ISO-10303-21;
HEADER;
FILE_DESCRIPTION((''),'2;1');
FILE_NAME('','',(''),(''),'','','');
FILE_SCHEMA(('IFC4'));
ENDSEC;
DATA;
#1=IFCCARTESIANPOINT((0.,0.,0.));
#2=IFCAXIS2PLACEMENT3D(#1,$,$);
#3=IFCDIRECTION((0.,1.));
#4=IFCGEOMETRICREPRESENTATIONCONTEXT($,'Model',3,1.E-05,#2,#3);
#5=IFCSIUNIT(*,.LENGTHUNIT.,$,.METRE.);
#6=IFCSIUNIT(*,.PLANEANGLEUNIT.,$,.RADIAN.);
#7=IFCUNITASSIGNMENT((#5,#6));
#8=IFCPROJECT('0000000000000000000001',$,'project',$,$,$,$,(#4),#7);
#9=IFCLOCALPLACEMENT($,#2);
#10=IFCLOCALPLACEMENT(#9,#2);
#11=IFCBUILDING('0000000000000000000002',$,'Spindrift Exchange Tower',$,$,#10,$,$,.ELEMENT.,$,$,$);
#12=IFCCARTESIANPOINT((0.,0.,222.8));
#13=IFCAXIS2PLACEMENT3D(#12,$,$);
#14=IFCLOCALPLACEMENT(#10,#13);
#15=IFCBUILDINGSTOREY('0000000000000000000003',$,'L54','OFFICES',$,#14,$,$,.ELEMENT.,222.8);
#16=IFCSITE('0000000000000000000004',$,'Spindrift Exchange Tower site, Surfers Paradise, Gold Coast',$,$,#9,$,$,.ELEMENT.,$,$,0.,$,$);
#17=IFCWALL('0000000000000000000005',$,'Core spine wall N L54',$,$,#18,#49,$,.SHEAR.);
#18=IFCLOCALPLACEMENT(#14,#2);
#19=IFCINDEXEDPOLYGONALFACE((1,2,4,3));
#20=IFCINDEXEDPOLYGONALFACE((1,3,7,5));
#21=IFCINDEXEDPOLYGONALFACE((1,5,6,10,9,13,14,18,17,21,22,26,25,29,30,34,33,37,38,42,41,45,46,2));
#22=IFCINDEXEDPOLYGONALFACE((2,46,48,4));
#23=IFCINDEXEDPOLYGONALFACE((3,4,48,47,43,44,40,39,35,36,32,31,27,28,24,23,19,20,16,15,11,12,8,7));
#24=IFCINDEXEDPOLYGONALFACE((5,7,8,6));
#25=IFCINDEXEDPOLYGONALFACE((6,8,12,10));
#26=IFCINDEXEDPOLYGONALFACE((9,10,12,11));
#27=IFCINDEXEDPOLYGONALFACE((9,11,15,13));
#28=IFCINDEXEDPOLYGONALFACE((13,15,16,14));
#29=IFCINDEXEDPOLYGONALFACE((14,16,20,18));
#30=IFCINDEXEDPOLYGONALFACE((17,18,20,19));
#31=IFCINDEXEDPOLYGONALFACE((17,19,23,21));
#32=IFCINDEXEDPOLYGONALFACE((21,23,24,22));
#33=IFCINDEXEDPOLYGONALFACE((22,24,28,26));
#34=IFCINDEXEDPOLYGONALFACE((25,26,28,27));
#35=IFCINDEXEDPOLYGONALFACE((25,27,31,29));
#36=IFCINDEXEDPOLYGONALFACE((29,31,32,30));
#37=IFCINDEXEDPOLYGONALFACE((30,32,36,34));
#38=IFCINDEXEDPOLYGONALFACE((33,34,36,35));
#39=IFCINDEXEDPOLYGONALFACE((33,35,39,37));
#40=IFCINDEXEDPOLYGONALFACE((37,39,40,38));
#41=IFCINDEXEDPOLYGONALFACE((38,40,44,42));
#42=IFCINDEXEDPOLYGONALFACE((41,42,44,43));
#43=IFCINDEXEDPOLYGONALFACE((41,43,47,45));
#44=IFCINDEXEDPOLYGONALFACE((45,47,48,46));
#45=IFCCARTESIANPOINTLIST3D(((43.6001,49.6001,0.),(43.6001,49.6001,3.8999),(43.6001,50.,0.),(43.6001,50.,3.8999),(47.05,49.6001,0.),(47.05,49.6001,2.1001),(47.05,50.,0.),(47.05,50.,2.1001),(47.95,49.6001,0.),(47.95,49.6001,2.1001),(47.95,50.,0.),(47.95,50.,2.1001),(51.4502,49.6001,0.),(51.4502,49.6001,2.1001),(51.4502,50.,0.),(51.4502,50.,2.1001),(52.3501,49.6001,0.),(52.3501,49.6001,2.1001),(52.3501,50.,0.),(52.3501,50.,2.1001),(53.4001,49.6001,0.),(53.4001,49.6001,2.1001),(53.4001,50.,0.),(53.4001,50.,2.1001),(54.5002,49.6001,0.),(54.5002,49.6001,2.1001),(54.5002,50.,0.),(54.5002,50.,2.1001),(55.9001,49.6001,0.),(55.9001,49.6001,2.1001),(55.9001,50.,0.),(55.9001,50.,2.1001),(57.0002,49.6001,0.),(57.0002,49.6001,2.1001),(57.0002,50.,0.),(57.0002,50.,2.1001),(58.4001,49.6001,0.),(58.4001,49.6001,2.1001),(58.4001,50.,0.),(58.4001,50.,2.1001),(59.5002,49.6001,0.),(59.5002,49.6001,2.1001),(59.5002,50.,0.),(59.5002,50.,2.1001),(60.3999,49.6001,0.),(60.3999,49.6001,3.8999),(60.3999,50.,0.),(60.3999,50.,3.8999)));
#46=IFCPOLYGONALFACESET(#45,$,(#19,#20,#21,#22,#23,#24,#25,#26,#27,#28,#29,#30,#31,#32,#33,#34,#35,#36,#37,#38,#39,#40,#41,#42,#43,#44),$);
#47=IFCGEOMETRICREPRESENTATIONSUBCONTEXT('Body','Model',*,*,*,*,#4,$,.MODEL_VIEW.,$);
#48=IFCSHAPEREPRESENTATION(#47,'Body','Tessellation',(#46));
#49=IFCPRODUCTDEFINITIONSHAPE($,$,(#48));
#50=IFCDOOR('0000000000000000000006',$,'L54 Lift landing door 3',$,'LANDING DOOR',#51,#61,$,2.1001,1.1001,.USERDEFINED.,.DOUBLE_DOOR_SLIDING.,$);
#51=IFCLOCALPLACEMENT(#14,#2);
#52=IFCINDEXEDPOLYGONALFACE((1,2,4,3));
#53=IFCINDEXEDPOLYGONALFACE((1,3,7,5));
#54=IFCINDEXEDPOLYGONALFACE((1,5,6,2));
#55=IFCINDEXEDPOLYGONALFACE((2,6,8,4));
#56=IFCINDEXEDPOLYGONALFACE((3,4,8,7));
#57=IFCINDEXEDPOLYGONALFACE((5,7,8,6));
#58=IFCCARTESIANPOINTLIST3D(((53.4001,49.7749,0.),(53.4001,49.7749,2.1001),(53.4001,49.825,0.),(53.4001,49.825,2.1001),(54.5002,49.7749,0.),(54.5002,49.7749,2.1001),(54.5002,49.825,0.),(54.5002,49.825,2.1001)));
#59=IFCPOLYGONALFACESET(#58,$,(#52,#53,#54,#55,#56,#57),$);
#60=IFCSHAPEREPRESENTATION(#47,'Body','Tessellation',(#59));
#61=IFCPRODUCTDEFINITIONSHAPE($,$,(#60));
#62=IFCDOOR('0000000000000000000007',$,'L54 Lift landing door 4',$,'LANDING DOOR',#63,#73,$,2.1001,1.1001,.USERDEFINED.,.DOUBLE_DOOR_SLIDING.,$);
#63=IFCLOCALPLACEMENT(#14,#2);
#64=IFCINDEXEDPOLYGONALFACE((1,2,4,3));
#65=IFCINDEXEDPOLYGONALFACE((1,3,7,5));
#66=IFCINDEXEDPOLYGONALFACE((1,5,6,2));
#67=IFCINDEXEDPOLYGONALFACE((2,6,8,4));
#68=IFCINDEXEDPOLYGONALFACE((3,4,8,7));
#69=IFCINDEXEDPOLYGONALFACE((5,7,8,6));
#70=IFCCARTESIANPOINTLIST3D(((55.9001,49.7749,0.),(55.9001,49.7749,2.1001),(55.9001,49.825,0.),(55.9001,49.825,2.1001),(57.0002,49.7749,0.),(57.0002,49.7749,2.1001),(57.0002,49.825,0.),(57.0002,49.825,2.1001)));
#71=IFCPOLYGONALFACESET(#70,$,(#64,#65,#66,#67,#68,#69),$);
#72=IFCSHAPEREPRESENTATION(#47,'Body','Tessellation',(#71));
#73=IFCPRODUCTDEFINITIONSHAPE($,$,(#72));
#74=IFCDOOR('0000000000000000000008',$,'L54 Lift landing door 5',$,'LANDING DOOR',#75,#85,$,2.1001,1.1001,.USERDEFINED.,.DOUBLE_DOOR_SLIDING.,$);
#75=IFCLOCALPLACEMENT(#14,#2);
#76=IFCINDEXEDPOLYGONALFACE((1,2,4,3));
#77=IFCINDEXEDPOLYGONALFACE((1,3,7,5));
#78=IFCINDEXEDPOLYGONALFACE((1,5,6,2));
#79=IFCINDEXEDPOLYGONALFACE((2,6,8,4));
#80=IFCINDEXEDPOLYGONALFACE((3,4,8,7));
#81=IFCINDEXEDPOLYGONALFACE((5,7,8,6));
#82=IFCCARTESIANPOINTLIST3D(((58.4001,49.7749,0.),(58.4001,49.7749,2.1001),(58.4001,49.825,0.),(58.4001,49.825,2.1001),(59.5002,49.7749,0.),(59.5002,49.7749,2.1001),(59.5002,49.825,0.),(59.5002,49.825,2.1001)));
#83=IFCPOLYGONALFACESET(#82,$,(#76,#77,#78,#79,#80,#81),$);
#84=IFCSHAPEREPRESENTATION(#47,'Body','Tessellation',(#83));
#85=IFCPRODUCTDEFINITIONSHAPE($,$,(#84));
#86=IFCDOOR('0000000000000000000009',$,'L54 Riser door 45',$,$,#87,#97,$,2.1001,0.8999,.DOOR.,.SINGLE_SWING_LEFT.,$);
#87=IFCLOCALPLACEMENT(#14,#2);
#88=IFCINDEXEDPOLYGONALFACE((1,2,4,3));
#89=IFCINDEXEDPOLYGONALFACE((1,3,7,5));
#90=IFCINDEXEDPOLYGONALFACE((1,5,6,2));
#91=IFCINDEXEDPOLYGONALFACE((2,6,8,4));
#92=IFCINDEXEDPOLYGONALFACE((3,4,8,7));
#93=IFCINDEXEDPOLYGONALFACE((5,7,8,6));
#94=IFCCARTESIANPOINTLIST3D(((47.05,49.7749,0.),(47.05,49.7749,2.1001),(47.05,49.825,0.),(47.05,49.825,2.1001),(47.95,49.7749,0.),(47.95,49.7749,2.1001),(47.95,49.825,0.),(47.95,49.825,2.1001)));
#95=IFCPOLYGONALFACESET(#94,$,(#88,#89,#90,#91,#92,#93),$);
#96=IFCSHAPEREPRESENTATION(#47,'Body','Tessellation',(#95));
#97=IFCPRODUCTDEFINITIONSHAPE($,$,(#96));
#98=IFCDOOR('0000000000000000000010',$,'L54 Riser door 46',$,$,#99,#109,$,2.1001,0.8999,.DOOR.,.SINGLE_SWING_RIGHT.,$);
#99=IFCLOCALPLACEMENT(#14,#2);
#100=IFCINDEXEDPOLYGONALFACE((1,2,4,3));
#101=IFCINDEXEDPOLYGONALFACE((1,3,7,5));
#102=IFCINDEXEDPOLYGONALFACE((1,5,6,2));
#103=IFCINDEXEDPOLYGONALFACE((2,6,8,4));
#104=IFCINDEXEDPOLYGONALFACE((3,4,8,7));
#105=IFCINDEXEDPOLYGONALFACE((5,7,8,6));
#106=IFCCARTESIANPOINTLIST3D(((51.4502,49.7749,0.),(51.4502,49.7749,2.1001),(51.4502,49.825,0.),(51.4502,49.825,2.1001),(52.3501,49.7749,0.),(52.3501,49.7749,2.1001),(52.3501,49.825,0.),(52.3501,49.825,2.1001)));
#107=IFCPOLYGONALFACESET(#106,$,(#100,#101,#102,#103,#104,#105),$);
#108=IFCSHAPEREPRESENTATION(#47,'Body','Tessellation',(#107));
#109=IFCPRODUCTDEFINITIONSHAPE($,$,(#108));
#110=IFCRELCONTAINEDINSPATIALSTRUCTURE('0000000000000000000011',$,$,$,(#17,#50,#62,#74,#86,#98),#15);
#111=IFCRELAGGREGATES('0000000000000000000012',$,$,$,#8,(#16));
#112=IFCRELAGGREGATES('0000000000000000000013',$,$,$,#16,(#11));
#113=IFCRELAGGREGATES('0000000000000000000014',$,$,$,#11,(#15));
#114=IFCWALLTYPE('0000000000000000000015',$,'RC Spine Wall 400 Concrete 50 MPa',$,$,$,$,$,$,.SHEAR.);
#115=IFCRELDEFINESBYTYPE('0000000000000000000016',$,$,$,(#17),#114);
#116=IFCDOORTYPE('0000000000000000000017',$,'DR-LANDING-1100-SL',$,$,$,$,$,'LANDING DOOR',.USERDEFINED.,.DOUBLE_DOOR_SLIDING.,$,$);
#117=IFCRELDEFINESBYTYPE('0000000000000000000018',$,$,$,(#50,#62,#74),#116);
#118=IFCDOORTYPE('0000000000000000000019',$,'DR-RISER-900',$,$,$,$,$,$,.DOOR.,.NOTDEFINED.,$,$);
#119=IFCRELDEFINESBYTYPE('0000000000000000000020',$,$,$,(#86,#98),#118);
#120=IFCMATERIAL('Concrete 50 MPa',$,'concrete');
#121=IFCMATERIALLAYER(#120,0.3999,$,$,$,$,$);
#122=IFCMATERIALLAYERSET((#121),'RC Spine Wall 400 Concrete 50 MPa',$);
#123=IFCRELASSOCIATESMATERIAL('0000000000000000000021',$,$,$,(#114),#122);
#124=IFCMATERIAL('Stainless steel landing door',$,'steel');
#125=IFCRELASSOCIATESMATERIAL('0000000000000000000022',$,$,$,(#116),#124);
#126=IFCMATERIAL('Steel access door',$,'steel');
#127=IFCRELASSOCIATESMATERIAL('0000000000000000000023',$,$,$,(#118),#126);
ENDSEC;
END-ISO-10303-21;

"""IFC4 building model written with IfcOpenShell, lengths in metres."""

from ifc_helpers import new_model, si_unit, direction, frame, frame_2d, origin, place, context, subcontext, project, spatial, rectangle, extrude, source, transform, mapped, material, layer, layer_set, type_object, element, fill, save


model = new_model("IFC4")

# Units and contexts
model_context = context("Model", 3, precision=1e-05, world=origin(), true_north=direction((0.0, 1.0)))
body_context = subcontext(model_context, "Body", "Model", "MODEL_VIEW")
ifc_project = project(units=[si_unit("LENGTHUNIT", "METRE"), si_unit("PLANEANGLEUNIT", "RADIAN")], contexts=[model_context])

# Site, building, storey
site_placement = place(None, origin())
site = spatial("IfcSite", under=ifc_project, at=site_placement, Name="Spindrift Exchange Tower site, Surfers Paradise, Gold Coast", CompositionType="ELEMENT", RefElevation=0.0)
building_placement = place(site_placement, origin())
building = spatial("IfcBuilding", under=site, at=building_placement, Name="Spindrift Exchange Tower", CompositionType="ELEMENT")
storey_placement = place(building_placement, frame((0.0, 0.0, 222.8)))
storey = spatial("IfcBuildingStorey", under=building, at=storey_placement, Name="L54", Description="OFFICES", CompositionType="ELEMENT", Elevation=222.8)

# Wall, openings, doors
ifc_material_1 = material(Name="Concrete 50 MPa", Category="concrete")
ifc_layer_1 = layer(ifc_material_1, 0.3999)
ifc_layer_set_1 = layer_set([ifc_layer_1], Name="RC Spine Wall 400 Concrete 50 MPa")
wall_type_1 = type_object("IfcWallType", Name="RC Spine Wall 400 Concrete 50 MPa", PredefinedType="SHEAR", material=ifc_layer_set_1)
wall_1_placement = place(storey_placement, frame((43.6001, 49.8, 0.0), z_axis=(0.0, 0.0, 1.0), x_axis=(1.0, 0.0, 0.0)))
wall_1 = element("IfcWall", 1, at=wall_1_placement, inside=storey, type_object=wall_type_1, Name="Core spine wall N L54", PredefinedType="SHEAR", context=body_context, shape_type="SweptSolid", body=[
    extrude(rectangle(XDim=16.7998, YDim=0.3999, at=frame_2d((8.3999, 0.0))), origin(), (0.0, 0.0, 1.0), 3.8999),
])
opening_1_placement = place(wall_1_placement, frame((9.8, 0.0, 0.0)))
opening_1 = element("IfcOpeningElement", 2, at=opening_1_placement, cuts=wall_1, PredefinedType="OPENING", context=body_context, shape_type="SweptSolid", body=[
    extrude(rectangle(XDim=1.1001, YDim=2.1001, at=frame_2d((0.55, 1.05))), frame((0.0, 0.21, 0.0), z_axis=(0.0, -1.0, 0.0), x_axis=(1.0, 0.0, 0.0)), (0.0, 0.0, 1.0), 0.4199),
])
opening_2_placement = place(wall_1_placement, frame((12.3, 0.0, 0.0)))
opening_2 = element("IfcOpeningElement", 3, at=opening_2_placement, cuts=wall_1, PredefinedType="OPENING", context=body_context, shape_type="SweptSolid", body=[
    extrude(rectangle(XDim=1.1001, YDim=2.1001, at=frame_2d((0.55, 1.05))), frame((0.0, 0.21, 0.0), z_axis=(0.0, -1.0, 0.0), x_axis=(1.0, 0.0, 0.0)), (0.0, 0.0, 1.0), 0.4199),
])
opening_3_placement = place(wall_1_placement, frame((14.8, 0.0, 0.0)))
opening_3 = element("IfcOpeningElement", 4, at=opening_3_placement, cuts=wall_1, PredefinedType="OPENING", context=body_context, shape_type="SweptSolid", body=[
    extrude(rectangle(XDim=1.1001, YDim=2.1001, at=frame_2d((0.55, 1.05))), frame((0.0, 0.21, 0.0), z_axis=(0.0, -1.0, 0.0), x_axis=(1.0, 0.0, 0.0)), (0.0, 0.0, 1.0), 0.4199),
])
opening_4_placement = place(wall_1_placement, frame((3.45, 0.0, 0.0)))
opening_4 = element("IfcOpeningElement", 5, at=opening_4_placement, cuts=wall_1, PredefinedType="OPENING", context=body_context, shape_type="SweptSolid", body=[
    extrude(rectangle(XDim=0.8999, YDim=2.1001, at=frame_2d((0.45, 1.05))), frame((0.0, 0.21, 0.0), z_axis=(0.0, -1.0, 0.0), x_axis=(1.0, 0.0, 0.0)), (0.0, 0.0, 1.0), 0.4199),
])
opening_5_placement = place(wall_1_placement, frame((7.8501, 0.0, 0.0)))
opening_5 = element("IfcOpeningElement", 6, at=opening_5_placement, cuts=wall_1, PredefinedType="OPENING", context=body_context, shape_type="SweptSolid", body=[
    extrude(rectangle(XDim=0.8999, YDim=2.1001, at=frame_2d((0.45, 1.05))), frame((0.0, 0.21, 0.0), z_axis=(0.0, -1.0, 0.0), x_axis=(1.0, 0.0, 0.0)), (0.0, 0.0, 1.0), 0.4199),
])
ifc_material_2 = material(Name="Stainless steel landing door", Category="steel")
door_type_1 = type_object("IfcDoorType", Name="DR-LANDING-1100-SL", ElementType="LANDING DOOR", OperationType="DOUBLE_DOOR_SLIDING", PredefinedType="USERDEFINED", material=ifc_material_2)
shared_shape_1 = source(origin(), body_context, "Body", "SweptSolid", [
    extrude(rectangle(XDim=1.1001, YDim=2.1001, at=frame_2d((0.55, 1.05))), frame((0.0, 0.0249, 0.0), z_axis=(0.0, -1.0, 0.0), x_axis=(1.0, 0.0, 0.0)), (0.0, 0.0, 1.0), 0.05),
])
door_1_placement = place(opening_1_placement, origin())
door_1 = element("IfcDoor", 7, at=door_1_placement, inside=storey, type_object=door_type_1, Name="L54 Lift landing door 3", ObjectType="LANDING DOOR", OperationType="DOUBLE_DOOR_SLIDING", OverallHeight=2.1001, OverallWidth=1.1001, PredefinedType="USERDEFINED", context=body_context, shape_type="MappedRepresentation", body=[
    mapped(shared_shape_1, transform((0.0, 0.0, 0.0), scale=1.0)),
])
fill(opening_1, door_1)
door_2_placement = place(opening_2_placement, origin())
door_2 = element("IfcDoor", 8, at=door_2_placement, inside=storey, type_object=door_type_1, Name="L54 Lift landing door 4", ObjectType="LANDING DOOR", OperationType="DOUBLE_DOOR_SLIDING", OverallHeight=2.1001, OverallWidth=1.1001, PredefinedType="USERDEFINED", context=body_context, shape_type="MappedRepresentation", body=[
    mapped(shared_shape_1, transform((0.0, 0.0, 0.0), scale=1.0)),
])
fill(opening_2, door_2)
door_3_placement = place(opening_3_placement, origin())
door_3 = element("IfcDoor", 9, at=door_3_placement, inside=storey, type_object=door_type_1, Name="L54 Lift landing door 5", ObjectType="LANDING DOOR", OperationType="DOUBLE_DOOR_SLIDING", OverallHeight=2.1001, OverallWidth=1.1001, PredefinedType="USERDEFINED", context=body_context, shape_type="MappedRepresentation", body=[
    mapped(shared_shape_1, transform((0.0, 0.0, 0.0), scale=1.0)),
])
fill(opening_3, door_3)
ifc_material_3 = material(Name="Steel access door", Category="steel")
door_type_2 = type_object("IfcDoorType", Name="DR-RISER-900", OperationType="NOTDEFINED", PredefinedType="DOOR", material=ifc_material_3)
shared_shape_2 = source(origin(), body_context, "Body", "SweptSolid", [
    extrude(rectangle(XDim=0.8999, YDim=2.1001, at=frame_2d((0.45, 1.05))), frame((0.0, 0.0249, 0.0), z_axis=(0.0, -1.0, 0.0), x_axis=(1.0, 0.0, 0.0)), (0.0, 0.0, 1.0), 0.05),
])
door_4_placement = place(opening_4_placement, origin())
door_4 = element("IfcDoor", 10, at=door_4_placement, inside=storey, type_object=door_type_2, Name="L54 Riser door 45", OperationType="SINGLE_SWING_LEFT", OverallHeight=2.1001, OverallWidth=0.8999, PredefinedType="DOOR", context=body_context, shape_type="MappedRepresentation", body=[
    mapped(shared_shape_2, transform((0.0, 0.0, 0.0), scale=1.0)),
])
fill(opening_4, door_4)
door_5_placement = place(opening_5_placement, origin())
door_5 = element("IfcDoor", 11, at=door_5_placement, inside=storey, type_object=door_type_2, Name="L54 Riser door 46", OperationType="SINGLE_SWING_RIGHT", OverallHeight=2.1001, OverallWidth=0.8999, PredefinedType="DOOR", context=body_context, shape_type="MappedRepresentation", body=[
    mapped(shared_shape_2, transform((0.0, 0.0, 0.0), scale=1.0)),
])
fill(opening_5, door_5)

save(model, "model.ifc")
